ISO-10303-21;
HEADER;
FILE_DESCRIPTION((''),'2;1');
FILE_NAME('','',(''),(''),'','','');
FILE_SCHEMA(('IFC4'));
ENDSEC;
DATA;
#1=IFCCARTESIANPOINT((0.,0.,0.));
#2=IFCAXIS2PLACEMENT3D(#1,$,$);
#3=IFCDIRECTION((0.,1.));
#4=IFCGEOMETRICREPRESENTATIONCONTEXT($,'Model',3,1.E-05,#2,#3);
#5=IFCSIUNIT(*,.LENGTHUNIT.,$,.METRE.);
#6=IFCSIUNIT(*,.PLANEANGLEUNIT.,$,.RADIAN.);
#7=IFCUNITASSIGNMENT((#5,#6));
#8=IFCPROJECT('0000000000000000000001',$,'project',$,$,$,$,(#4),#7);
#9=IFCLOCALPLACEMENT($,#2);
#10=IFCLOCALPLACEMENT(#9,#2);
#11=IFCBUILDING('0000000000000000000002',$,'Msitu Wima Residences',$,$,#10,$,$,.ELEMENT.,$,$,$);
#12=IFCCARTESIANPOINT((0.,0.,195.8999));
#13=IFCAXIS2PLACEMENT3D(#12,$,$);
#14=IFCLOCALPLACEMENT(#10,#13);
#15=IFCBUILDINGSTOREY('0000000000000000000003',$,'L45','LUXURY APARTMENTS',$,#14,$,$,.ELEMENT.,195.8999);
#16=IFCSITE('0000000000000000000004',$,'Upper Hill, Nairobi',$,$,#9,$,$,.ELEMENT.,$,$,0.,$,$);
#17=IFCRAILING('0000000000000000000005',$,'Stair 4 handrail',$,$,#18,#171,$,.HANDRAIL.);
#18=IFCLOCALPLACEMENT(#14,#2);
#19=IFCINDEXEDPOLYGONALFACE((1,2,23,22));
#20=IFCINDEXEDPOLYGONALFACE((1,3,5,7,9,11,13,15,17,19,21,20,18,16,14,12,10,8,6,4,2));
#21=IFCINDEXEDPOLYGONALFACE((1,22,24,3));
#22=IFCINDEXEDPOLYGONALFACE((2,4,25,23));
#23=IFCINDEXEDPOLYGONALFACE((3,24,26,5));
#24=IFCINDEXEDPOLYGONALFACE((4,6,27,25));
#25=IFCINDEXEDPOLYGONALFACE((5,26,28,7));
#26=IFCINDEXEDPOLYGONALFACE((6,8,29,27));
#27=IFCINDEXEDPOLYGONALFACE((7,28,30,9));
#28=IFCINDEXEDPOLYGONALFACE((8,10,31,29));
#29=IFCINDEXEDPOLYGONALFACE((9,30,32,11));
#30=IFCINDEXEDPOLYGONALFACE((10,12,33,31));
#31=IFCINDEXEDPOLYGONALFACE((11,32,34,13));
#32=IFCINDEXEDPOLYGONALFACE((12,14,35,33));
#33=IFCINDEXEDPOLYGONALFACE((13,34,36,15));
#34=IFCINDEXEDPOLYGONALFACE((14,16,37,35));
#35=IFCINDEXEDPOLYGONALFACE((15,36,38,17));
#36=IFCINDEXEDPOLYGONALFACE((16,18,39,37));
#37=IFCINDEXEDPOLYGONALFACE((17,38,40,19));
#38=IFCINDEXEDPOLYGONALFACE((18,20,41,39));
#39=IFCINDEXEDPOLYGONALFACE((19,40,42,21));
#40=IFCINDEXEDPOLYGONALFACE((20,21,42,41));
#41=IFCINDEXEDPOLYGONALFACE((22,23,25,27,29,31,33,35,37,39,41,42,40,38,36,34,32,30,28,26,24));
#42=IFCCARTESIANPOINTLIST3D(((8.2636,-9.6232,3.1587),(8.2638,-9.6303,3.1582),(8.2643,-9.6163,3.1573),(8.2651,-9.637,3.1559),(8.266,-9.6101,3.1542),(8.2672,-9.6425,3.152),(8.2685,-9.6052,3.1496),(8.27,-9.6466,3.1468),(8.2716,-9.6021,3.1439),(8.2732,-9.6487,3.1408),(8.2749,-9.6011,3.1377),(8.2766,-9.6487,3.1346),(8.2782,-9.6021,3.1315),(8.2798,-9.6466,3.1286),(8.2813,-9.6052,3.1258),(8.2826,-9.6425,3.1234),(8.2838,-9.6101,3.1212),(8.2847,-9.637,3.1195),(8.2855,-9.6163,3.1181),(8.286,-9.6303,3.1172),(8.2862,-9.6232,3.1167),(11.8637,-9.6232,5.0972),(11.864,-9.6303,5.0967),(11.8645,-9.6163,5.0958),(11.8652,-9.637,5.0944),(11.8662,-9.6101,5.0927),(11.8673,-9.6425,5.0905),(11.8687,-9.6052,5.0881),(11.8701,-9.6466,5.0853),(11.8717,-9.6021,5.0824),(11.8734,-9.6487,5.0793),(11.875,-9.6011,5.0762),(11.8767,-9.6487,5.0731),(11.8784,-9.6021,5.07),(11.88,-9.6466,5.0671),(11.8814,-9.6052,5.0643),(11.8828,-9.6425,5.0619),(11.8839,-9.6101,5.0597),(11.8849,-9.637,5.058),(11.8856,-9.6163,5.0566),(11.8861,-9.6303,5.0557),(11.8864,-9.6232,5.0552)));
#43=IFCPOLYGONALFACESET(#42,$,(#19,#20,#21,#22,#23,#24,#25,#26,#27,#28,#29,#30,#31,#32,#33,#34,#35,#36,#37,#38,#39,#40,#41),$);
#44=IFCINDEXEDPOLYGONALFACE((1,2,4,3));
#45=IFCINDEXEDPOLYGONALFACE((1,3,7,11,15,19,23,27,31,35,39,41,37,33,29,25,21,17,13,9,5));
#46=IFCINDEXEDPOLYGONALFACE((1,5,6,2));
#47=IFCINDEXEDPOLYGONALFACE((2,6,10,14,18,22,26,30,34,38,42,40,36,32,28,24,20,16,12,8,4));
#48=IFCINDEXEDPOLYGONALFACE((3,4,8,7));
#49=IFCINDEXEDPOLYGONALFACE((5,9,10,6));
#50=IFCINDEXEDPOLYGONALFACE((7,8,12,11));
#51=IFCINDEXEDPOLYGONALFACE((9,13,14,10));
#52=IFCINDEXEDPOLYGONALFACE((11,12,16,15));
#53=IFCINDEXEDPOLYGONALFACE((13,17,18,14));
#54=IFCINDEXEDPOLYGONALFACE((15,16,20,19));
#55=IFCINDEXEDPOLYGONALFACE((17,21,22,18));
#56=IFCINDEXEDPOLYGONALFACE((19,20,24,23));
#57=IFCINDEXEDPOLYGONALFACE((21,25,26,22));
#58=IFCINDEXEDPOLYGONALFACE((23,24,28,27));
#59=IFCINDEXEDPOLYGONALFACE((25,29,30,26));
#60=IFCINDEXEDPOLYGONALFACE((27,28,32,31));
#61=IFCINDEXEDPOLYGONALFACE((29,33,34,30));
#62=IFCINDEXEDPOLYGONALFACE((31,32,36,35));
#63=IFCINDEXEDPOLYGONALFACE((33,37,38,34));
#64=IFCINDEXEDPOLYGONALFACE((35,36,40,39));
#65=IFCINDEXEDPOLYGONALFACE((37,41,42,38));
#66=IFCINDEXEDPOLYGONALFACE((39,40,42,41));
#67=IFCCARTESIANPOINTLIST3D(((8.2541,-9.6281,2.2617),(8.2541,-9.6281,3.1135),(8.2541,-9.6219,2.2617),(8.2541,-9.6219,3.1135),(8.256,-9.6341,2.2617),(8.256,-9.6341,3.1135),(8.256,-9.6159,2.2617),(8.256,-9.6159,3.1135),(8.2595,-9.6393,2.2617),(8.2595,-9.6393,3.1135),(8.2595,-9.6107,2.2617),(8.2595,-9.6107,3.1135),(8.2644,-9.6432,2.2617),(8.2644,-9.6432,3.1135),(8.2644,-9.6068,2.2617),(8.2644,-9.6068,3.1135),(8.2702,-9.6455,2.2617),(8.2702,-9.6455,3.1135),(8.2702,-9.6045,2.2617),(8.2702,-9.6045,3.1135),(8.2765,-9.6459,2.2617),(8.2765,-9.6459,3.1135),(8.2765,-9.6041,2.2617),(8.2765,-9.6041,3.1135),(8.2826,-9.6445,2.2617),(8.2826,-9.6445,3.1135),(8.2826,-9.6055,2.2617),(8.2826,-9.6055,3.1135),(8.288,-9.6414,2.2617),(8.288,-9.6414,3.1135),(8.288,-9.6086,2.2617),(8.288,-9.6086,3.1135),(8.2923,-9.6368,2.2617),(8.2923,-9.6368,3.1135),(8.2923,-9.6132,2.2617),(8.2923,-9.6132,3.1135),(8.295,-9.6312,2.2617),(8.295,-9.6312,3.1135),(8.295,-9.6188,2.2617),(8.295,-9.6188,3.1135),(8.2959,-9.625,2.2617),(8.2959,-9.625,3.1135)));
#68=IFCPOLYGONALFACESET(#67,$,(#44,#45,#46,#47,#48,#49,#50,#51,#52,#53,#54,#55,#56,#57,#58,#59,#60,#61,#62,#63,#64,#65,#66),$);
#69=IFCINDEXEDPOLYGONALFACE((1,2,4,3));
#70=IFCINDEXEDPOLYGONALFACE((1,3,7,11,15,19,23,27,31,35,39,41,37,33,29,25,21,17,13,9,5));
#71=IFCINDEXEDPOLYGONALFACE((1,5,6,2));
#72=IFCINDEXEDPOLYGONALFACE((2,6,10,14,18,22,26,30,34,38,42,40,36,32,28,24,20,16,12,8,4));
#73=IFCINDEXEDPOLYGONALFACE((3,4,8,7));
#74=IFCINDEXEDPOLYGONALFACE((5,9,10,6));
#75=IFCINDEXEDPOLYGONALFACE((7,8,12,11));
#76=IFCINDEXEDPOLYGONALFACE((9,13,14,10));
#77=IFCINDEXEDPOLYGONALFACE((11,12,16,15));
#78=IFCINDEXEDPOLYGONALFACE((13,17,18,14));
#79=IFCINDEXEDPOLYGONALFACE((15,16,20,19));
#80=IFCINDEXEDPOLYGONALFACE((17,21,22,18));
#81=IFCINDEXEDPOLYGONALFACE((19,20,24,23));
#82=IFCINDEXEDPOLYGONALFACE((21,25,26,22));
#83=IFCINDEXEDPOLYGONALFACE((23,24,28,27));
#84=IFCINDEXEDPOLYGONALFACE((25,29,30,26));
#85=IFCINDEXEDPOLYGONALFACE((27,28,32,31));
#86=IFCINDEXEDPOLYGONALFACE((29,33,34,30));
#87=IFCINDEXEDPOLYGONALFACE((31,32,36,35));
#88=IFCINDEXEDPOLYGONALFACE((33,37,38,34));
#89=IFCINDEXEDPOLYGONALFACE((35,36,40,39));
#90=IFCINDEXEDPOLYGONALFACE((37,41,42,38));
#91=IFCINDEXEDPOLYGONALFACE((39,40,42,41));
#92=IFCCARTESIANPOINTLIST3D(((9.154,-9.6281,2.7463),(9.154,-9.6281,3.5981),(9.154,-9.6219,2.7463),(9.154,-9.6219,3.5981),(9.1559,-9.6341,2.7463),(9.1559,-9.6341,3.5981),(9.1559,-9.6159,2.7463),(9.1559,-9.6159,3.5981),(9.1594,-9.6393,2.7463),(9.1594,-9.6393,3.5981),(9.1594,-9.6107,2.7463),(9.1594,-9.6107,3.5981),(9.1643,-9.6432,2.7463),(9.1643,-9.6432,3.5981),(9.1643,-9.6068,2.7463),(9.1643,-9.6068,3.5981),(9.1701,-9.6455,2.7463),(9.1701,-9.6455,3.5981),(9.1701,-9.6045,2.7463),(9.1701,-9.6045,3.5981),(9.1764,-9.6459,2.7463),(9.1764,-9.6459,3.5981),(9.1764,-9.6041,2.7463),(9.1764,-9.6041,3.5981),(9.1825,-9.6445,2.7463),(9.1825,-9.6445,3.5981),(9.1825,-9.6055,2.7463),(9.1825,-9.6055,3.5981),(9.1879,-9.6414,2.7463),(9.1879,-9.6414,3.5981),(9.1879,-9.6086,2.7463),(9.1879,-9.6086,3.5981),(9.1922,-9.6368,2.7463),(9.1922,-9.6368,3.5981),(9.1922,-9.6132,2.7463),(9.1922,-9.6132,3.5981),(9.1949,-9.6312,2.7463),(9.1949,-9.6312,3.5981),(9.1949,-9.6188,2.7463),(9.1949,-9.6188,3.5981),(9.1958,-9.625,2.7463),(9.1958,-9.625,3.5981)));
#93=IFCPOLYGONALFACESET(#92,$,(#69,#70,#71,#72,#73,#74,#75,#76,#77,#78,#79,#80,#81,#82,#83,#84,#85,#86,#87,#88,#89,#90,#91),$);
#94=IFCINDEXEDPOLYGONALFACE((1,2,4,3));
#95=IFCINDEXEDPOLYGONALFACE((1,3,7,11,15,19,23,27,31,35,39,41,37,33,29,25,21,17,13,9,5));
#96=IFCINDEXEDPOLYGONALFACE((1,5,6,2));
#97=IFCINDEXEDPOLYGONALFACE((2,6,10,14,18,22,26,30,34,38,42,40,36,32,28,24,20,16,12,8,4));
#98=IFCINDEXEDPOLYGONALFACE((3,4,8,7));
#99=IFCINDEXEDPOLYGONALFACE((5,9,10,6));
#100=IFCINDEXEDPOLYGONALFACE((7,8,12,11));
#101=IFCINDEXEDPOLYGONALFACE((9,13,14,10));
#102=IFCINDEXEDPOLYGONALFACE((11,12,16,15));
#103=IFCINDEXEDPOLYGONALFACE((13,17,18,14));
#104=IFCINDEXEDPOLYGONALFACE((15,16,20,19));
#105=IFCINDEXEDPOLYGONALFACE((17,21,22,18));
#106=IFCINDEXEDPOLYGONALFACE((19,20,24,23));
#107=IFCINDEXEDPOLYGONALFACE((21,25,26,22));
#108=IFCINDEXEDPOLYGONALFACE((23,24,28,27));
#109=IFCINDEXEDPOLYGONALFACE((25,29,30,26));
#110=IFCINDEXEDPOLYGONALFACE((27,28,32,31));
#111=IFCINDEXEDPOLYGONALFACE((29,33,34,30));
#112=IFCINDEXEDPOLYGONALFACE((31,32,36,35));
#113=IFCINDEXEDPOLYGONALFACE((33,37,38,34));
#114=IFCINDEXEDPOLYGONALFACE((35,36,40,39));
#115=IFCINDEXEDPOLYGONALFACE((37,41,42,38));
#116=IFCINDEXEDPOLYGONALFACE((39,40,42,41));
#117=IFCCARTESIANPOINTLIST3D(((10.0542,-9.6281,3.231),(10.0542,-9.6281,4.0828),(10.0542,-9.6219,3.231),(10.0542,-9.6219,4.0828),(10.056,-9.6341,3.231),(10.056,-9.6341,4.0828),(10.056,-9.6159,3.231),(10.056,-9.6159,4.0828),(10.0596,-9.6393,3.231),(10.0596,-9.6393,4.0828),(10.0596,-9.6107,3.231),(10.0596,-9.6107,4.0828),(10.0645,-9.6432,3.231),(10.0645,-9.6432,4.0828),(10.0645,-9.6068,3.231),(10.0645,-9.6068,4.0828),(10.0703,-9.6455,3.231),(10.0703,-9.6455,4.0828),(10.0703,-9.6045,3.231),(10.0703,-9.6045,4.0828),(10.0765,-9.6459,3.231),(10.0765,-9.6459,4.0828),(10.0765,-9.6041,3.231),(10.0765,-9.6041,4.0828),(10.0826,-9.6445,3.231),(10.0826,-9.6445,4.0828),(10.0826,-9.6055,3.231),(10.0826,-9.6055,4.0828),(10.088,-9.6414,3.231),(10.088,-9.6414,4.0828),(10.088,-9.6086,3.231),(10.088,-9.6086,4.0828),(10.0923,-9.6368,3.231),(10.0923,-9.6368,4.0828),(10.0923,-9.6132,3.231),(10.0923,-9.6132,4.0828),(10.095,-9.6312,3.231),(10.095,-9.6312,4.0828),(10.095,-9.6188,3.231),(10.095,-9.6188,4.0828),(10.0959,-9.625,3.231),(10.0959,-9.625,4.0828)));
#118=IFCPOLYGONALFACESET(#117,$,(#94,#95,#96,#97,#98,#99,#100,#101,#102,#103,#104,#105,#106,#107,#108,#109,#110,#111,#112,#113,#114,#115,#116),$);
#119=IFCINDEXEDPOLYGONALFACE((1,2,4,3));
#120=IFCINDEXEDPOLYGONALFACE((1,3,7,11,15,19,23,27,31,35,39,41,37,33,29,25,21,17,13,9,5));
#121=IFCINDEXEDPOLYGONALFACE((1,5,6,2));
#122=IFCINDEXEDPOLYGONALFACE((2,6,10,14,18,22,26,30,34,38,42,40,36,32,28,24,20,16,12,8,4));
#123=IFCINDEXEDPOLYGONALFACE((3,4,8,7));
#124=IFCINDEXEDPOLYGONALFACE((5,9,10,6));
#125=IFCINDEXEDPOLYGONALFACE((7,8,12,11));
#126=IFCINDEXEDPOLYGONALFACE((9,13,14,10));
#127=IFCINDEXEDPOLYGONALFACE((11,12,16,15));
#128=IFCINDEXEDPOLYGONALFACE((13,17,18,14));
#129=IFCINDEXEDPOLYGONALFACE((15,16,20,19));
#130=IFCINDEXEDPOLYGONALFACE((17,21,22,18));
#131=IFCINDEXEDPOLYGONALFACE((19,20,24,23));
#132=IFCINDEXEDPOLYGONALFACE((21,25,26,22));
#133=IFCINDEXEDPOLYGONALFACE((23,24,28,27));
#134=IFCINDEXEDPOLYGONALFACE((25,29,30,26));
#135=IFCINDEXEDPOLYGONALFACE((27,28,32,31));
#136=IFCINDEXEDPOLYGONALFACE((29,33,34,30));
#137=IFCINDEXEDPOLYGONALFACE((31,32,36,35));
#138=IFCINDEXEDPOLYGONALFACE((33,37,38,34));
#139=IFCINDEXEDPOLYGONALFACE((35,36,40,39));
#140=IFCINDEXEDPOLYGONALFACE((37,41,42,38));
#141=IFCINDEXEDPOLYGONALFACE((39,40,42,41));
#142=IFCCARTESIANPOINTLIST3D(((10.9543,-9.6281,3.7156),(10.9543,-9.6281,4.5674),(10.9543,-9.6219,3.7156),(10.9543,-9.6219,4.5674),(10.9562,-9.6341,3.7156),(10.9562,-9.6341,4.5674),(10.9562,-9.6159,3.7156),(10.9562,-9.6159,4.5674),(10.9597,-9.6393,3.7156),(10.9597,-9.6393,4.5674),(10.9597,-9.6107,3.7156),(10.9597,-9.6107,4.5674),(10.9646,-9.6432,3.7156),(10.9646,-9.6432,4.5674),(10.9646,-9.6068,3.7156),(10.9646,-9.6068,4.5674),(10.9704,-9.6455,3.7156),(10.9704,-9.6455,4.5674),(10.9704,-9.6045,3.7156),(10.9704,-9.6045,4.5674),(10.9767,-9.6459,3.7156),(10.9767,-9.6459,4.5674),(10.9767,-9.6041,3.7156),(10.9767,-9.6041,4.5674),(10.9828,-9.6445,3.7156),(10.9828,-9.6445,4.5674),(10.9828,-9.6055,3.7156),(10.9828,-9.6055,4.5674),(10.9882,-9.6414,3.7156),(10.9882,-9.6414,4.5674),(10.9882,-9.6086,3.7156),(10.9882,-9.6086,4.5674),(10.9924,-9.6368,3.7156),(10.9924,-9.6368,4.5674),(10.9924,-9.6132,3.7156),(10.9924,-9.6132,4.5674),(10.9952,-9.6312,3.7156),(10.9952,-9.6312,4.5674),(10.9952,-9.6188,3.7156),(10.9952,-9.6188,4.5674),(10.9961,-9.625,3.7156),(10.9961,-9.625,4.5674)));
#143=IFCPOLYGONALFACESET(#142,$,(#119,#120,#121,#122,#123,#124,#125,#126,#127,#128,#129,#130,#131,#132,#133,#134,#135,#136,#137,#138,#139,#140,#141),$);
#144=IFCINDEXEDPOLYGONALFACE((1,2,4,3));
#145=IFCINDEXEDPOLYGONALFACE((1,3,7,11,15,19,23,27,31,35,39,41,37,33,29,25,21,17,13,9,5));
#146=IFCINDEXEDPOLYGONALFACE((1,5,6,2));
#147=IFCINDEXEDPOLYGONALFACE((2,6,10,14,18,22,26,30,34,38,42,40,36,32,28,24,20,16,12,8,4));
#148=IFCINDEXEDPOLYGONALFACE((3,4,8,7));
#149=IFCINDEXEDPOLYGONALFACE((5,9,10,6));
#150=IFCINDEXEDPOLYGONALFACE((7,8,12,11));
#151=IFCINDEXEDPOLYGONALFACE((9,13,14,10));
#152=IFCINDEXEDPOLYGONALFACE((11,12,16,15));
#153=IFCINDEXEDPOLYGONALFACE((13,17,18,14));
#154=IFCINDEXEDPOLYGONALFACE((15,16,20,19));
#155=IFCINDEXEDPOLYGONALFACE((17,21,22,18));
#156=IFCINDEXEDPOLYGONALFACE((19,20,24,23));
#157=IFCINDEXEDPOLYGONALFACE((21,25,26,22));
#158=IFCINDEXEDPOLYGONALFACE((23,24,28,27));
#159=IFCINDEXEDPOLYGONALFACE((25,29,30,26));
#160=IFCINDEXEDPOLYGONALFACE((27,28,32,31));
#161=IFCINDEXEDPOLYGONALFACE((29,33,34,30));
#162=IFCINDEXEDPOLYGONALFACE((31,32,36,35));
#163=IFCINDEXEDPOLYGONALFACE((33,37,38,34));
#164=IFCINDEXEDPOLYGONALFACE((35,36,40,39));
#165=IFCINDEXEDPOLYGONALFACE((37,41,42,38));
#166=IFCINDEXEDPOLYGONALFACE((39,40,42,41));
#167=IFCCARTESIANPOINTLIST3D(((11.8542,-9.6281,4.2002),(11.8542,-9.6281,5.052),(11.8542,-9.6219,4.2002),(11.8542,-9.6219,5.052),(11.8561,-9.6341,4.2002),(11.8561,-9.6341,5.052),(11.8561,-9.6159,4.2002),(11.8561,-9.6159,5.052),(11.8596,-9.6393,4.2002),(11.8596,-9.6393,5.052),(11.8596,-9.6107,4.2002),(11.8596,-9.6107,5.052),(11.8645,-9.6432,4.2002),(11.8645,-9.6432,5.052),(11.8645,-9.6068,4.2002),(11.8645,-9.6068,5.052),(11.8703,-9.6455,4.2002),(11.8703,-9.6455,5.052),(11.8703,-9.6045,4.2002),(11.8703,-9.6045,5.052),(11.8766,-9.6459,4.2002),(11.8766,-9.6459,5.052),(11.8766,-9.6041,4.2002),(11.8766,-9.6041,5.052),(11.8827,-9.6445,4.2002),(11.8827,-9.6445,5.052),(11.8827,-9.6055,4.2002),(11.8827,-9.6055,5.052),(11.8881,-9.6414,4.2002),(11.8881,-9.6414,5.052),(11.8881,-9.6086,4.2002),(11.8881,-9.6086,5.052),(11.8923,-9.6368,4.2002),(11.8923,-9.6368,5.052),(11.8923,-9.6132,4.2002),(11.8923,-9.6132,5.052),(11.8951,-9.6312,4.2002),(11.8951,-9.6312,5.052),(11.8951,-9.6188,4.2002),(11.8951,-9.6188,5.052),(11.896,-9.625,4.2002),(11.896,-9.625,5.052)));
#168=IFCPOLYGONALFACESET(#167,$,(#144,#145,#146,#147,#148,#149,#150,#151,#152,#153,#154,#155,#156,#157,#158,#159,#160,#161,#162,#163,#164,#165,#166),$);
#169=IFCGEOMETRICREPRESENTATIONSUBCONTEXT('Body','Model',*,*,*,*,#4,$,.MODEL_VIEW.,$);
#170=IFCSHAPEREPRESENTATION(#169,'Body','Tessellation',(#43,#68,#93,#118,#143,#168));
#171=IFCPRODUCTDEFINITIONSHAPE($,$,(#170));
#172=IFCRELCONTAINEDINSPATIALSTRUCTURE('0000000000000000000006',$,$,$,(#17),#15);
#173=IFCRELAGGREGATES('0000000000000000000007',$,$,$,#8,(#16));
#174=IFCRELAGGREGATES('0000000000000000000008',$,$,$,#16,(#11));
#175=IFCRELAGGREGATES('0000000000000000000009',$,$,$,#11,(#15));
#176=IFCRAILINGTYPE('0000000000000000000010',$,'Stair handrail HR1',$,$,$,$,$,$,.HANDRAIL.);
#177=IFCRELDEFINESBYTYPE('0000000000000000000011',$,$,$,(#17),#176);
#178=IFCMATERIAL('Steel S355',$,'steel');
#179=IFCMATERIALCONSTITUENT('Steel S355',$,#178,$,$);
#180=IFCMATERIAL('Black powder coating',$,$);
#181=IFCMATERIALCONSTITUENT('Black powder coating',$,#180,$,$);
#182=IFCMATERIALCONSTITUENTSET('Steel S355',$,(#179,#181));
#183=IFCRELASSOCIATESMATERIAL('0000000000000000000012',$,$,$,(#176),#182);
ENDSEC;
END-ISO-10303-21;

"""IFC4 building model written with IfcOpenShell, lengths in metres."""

from ifc_helpers import new_model, si_unit, direction, frame, origin, origin_2d, place, context, subcontext, project, spatial, circle, extrude, material, constituent, constituent_set, type_object, element, save


model = new_model("IFC4")

# Units and contexts
model_context = context("Model", 3, precision=1e-05, world=origin(), true_north=direction((0.0, 1.0)))
body_context = subcontext(model_context, "Body", "Model", "MODEL_VIEW")
ifc_project = project(units=[si_unit("LENGTHUNIT", "METRE"), si_unit("PLANEANGLEUNIT", "RADIAN")], contexts=[model_context])

# Site, building, storey
site_placement = place(None, origin())
site = spatial("IfcSite", under=ifc_project, at=site_placement, Name="Upper Hill, Nairobi", CompositionType="ELEMENT", RefElevation=0.0)
building_placement = place(site_placement, origin())
building = spatial("IfcBuilding", under=site, at=building_placement, Name="Msitu Wima Residences", CompositionType="ELEMENT")
storey_placement = place(building_placement, frame((0.0, 0.0, 195.8999)))
storey = spatial("IfcBuildingStorey", under=building, at=storey_placement, Name="L45", Description="LUXURY APARTMENTS", CompositionType="ELEMENT", Elevation=195.8999)

# Railing
ifc_material_1 = material(Name="Steel S355", Category="steel")
ifc_constituent_1 = constituent(ifc_material_1, Name="Steel S355")
ifc_material_2 = material(Name="Black powder coating")
ifc_constituent_2 = constituent(ifc_material_2, Name="Black powder coating")
ifc_constituent_set = constituent_set(constituents=[ifc_constituent_1, ifc_constituent_2], Name="Steel S355")
railing_type = type_object("IfcRailingType", Name="Stair handrail HR1", PredefinedType="HANDRAIL", material=ifc_constituent_set)
for number, where, name in (
    (1, (8.2749, -9.625, 2.2617), "Stair 4 handrail"),
):
    element("IfcRailing", number, at=place(storey_placement, frame(where)), inside=storey, type_object=railing_type, Name=name, PredefinedType="HANDRAIL", context=body_context, shape_type="SweptSolid", body=[
        extrude(circle(Radius=0.0239, at=origin_2d()), frame((0.0, 0.0, 0.876), z_axis=(0.880475, 0.0, 0.474093), x_axis=(0.0, 1.0, 0.0)), (0.0, 0.0, 1.0), 4.0889),
        extrude(circle(Radius=0.021, at=origin_2d()), origin(), (0.0, 0.0, 1.0), 0.8518),
        extrude(circle(Radius=0.021, at=origin_2d()), frame((0.8999, 0.0, 0.4846)), (0.0, 0.0, 1.0), 0.8518),
        extrude(circle(Radius=0.021, at=origin_2d()), frame((1.8, 0.0, 0.9692)), (0.0, 0.0, 1.0), 0.8518),
        extrude(circle(Radius=0.021, at=origin_2d()), frame((2.7002, 0.0, 1.4539)), (0.0, 0.0, 1.0), 0.8518),
        extrude(circle(Radius=0.021, at=origin_2d()), frame((3.6001, 0.0, 1.9385)), (0.0, 0.0, 1.0), 0.8518),
    ])

save(model, "model.ifc")
